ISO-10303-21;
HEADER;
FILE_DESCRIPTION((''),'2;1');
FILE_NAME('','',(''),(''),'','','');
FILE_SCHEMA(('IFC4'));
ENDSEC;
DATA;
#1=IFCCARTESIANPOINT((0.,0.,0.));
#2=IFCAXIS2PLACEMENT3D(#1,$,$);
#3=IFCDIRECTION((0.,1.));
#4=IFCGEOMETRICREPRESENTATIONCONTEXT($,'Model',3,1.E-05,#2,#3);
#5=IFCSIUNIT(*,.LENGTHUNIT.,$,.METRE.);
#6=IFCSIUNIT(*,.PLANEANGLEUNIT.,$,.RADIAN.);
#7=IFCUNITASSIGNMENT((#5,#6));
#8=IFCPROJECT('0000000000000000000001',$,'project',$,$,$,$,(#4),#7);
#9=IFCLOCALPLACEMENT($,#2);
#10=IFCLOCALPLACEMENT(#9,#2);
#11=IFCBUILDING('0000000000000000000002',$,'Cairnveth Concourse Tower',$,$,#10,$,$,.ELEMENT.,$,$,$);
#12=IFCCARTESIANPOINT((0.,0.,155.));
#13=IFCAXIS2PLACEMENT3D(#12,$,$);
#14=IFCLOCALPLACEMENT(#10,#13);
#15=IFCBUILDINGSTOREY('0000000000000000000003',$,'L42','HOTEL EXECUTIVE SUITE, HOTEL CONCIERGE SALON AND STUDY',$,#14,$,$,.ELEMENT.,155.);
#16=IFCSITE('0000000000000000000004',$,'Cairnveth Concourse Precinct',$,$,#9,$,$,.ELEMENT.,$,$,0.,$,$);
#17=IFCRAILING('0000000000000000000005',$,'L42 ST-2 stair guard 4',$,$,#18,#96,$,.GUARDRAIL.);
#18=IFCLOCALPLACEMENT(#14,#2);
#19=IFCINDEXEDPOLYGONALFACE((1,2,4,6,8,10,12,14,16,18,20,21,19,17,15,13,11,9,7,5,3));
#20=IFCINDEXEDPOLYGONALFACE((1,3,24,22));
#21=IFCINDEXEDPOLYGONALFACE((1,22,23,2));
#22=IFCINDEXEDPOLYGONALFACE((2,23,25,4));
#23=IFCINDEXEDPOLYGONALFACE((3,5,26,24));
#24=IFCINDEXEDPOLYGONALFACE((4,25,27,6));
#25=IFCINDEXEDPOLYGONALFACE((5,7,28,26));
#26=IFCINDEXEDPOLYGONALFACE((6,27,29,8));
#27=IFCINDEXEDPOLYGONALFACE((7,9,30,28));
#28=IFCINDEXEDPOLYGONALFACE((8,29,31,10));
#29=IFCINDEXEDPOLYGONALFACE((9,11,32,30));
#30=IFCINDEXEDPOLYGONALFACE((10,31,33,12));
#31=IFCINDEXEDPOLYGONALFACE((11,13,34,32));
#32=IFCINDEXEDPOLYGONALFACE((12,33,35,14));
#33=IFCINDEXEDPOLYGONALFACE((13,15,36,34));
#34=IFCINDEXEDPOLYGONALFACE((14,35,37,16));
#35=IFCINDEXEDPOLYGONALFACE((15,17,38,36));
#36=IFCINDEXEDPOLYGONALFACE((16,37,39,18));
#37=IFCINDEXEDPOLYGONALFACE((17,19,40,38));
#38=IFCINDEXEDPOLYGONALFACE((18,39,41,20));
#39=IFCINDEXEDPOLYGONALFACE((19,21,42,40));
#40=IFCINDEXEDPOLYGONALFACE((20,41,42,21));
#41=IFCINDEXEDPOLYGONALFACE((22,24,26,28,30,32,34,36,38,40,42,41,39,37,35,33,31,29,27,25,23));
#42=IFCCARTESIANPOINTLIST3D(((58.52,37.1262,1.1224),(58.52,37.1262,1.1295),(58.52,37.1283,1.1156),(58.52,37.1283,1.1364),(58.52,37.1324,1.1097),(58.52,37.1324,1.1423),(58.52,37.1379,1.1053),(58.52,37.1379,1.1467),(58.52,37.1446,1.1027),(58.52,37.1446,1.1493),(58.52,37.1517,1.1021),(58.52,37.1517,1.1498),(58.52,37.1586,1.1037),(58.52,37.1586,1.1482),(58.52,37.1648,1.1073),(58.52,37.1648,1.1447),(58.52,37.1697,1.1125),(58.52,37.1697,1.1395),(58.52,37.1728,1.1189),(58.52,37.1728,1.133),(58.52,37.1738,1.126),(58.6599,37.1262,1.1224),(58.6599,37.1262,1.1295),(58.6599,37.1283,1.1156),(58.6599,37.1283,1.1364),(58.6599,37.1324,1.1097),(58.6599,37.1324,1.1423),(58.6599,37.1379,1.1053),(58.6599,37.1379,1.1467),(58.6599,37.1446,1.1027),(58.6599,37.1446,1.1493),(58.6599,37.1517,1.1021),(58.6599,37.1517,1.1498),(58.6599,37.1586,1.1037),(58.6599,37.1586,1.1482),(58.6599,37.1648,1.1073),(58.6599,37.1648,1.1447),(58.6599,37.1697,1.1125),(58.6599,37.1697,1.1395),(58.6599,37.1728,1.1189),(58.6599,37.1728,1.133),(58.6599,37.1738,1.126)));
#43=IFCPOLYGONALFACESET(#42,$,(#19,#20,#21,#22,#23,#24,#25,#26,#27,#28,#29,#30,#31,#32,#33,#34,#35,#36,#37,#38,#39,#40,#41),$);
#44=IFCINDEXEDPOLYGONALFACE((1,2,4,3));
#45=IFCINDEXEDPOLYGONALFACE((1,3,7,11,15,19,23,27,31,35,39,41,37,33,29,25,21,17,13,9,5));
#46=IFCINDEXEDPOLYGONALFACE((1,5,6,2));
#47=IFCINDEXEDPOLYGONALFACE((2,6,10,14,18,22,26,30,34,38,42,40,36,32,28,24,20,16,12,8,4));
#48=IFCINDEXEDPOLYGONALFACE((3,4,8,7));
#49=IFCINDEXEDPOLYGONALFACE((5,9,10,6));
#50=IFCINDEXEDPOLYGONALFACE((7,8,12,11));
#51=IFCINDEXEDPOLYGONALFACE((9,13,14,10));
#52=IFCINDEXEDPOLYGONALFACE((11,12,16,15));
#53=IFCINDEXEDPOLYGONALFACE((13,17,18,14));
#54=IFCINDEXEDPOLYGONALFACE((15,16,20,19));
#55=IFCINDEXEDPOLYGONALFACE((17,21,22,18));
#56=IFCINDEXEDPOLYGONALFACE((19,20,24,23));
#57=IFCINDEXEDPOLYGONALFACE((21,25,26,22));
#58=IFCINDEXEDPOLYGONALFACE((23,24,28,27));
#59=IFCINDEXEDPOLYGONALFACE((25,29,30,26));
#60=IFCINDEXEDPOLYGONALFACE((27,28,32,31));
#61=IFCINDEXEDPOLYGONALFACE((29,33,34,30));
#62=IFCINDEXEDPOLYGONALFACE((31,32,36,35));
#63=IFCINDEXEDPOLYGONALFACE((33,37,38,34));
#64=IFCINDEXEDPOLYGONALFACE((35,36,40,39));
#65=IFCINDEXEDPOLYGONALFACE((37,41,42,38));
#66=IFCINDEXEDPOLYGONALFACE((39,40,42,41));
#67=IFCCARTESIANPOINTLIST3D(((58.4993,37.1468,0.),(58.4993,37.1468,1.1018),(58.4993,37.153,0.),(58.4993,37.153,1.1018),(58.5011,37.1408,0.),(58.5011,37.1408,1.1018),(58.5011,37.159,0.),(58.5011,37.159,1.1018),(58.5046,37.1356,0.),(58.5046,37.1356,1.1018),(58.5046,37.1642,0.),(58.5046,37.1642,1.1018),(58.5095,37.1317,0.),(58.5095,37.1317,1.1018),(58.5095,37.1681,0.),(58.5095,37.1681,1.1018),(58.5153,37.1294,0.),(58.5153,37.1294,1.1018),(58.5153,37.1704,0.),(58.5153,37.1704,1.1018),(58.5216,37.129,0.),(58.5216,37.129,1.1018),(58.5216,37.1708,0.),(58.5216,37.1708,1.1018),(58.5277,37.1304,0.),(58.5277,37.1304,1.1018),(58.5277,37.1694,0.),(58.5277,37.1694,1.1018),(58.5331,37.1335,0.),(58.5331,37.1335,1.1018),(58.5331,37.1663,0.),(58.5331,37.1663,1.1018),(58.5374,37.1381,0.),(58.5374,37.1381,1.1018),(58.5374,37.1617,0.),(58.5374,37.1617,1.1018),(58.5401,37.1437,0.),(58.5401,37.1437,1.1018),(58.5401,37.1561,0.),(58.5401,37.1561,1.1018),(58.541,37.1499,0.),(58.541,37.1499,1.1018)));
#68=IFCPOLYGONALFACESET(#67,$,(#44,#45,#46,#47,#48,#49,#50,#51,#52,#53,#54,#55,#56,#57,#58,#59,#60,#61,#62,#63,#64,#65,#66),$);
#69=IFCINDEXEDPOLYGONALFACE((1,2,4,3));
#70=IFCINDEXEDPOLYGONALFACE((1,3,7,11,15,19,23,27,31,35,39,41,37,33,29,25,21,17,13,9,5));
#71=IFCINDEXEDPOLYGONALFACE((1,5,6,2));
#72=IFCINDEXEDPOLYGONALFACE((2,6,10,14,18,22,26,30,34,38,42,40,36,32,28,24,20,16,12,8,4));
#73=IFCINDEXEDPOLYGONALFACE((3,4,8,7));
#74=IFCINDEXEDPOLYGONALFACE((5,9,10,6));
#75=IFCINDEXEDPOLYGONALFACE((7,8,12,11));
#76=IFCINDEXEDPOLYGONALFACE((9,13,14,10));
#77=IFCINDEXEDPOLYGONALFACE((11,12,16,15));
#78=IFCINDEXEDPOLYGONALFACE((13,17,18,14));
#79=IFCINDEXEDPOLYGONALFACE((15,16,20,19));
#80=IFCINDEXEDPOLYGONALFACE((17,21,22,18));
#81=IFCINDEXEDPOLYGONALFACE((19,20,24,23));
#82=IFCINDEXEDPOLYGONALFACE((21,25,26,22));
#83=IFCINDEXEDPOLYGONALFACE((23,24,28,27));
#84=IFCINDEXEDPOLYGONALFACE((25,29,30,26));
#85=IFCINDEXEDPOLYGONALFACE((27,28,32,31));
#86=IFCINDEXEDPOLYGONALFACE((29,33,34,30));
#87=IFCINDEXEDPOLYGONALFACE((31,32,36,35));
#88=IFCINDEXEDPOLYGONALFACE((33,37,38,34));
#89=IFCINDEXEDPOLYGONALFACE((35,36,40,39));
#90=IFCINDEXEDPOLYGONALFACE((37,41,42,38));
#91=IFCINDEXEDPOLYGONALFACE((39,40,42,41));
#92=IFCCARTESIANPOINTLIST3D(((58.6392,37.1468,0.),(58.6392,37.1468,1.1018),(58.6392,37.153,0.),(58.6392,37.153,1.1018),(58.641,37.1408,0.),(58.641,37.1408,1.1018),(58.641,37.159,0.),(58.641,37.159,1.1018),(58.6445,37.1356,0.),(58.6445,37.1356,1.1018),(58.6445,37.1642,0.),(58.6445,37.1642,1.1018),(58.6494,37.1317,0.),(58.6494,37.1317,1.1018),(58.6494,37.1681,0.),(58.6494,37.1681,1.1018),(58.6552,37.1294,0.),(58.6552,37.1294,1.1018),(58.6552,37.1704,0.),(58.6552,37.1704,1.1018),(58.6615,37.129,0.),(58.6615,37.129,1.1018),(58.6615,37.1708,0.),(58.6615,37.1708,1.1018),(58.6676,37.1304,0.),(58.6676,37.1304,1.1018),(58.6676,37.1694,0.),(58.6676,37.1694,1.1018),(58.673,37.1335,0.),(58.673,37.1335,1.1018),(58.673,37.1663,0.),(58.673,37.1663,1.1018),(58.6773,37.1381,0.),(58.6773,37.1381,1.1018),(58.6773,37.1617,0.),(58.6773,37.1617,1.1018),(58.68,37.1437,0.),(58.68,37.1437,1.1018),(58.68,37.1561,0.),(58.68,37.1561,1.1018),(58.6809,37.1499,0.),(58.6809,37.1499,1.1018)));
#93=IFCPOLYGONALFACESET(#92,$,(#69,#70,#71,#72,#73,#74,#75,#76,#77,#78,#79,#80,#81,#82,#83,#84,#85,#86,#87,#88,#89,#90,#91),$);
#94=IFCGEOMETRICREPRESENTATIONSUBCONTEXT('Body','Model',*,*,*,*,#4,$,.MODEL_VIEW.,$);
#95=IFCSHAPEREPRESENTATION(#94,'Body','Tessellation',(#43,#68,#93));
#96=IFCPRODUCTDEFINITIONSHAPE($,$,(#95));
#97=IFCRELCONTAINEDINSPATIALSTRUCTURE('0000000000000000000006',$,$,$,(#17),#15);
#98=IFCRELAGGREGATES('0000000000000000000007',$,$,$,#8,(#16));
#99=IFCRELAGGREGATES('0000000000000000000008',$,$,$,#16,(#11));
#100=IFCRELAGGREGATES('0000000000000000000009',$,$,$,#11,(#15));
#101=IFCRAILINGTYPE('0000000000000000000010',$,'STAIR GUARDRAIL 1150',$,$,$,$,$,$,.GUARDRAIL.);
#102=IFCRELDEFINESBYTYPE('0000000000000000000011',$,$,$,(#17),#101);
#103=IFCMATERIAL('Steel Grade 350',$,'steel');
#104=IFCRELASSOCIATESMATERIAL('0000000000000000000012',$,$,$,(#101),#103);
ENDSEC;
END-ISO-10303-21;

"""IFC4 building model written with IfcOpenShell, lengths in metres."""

from ifc_helpers import new_model, si_unit, direction, frame, origin, origin_2d, place, context, subcontext, project, spatial, circle, extrude, material, type_object, element, save


model = new_model("IFC4")

# Units and contexts
model_context = context("Model", 3, precision=1e-05, world=origin(), true_north=direction((0.0, 1.0)))
body_context = subcontext(model_context, "Body", "Model", "MODEL_VIEW")
ifc_project = project(units=[si_unit("LENGTHUNIT", "METRE"), si_unit("PLANEANGLEUNIT", "RADIAN")], contexts=[model_context])

# Site, building, storey
site_placement = place(None, origin())
site = spatial("IfcSite", under=ifc_project, at=site_placement, Name="Cairnveth Concourse Precinct", CompositionType="ELEMENT", RefElevation=0.0)
building_placement = place(site_placement, origin())
building = spatial("IfcBuilding", under=site, at=building_placement, Name="Cairnveth Concourse Tower", CompositionType="ELEMENT")
storey_placement = place(building_placement, frame((0.0, 0.0, 155.0)))
storey = spatial("IfcBuildingStorey", under=building, at=storey_placement, Name="L42", Description="HOTEL EXECUTIVE SUITE, HOTEL CONCIERGE SALON AND STUDY", CompositionType="ELEMENT", Elevation=155.0)

# Shared definitions
ifc_material_1 = material(Name="Steel Grade 350", Category="steel")

# Railing
railing_type_1 = type_object("IfcRailingType", Name="STAIR GUARDRAIL 1150", PredefinedType="GUARDRAIL", material=ifc_material_1)
railing_1_placement = place(storey_placement, frame((58.52, 37.1499, 0.0)))
element("IfcRailing", 1, at=railing_1_placement, inside=storey, type_object=railing_type_1, Name="L42 ST-2 stair guard 4", PredefinedType="GUARDRAIL", context=body_context, shape_type="SweptSolid", body=[
    extrude(circle(Radius=0.0239, at=origin_2d()), frame((0.0, 0.0, 1.126), z_axis=(1.0, 0.0, 0.0), x_axis=(0.0, 1.0, 0.0)), (0.0, 0.0, 1.0), 0.1399),
    extrude(circle(Radius=0.021, at=origin_2d()), origin(), (0.0, 0.0, 1.0), 1.1018),
    extrude(circle(Radius=0.021, at=origin_2d()), frame((0.1399, 0.0, 0.0)), (0.0, 0.0, 1.0), 1.1018),
])

save(model, "model.ifc")
